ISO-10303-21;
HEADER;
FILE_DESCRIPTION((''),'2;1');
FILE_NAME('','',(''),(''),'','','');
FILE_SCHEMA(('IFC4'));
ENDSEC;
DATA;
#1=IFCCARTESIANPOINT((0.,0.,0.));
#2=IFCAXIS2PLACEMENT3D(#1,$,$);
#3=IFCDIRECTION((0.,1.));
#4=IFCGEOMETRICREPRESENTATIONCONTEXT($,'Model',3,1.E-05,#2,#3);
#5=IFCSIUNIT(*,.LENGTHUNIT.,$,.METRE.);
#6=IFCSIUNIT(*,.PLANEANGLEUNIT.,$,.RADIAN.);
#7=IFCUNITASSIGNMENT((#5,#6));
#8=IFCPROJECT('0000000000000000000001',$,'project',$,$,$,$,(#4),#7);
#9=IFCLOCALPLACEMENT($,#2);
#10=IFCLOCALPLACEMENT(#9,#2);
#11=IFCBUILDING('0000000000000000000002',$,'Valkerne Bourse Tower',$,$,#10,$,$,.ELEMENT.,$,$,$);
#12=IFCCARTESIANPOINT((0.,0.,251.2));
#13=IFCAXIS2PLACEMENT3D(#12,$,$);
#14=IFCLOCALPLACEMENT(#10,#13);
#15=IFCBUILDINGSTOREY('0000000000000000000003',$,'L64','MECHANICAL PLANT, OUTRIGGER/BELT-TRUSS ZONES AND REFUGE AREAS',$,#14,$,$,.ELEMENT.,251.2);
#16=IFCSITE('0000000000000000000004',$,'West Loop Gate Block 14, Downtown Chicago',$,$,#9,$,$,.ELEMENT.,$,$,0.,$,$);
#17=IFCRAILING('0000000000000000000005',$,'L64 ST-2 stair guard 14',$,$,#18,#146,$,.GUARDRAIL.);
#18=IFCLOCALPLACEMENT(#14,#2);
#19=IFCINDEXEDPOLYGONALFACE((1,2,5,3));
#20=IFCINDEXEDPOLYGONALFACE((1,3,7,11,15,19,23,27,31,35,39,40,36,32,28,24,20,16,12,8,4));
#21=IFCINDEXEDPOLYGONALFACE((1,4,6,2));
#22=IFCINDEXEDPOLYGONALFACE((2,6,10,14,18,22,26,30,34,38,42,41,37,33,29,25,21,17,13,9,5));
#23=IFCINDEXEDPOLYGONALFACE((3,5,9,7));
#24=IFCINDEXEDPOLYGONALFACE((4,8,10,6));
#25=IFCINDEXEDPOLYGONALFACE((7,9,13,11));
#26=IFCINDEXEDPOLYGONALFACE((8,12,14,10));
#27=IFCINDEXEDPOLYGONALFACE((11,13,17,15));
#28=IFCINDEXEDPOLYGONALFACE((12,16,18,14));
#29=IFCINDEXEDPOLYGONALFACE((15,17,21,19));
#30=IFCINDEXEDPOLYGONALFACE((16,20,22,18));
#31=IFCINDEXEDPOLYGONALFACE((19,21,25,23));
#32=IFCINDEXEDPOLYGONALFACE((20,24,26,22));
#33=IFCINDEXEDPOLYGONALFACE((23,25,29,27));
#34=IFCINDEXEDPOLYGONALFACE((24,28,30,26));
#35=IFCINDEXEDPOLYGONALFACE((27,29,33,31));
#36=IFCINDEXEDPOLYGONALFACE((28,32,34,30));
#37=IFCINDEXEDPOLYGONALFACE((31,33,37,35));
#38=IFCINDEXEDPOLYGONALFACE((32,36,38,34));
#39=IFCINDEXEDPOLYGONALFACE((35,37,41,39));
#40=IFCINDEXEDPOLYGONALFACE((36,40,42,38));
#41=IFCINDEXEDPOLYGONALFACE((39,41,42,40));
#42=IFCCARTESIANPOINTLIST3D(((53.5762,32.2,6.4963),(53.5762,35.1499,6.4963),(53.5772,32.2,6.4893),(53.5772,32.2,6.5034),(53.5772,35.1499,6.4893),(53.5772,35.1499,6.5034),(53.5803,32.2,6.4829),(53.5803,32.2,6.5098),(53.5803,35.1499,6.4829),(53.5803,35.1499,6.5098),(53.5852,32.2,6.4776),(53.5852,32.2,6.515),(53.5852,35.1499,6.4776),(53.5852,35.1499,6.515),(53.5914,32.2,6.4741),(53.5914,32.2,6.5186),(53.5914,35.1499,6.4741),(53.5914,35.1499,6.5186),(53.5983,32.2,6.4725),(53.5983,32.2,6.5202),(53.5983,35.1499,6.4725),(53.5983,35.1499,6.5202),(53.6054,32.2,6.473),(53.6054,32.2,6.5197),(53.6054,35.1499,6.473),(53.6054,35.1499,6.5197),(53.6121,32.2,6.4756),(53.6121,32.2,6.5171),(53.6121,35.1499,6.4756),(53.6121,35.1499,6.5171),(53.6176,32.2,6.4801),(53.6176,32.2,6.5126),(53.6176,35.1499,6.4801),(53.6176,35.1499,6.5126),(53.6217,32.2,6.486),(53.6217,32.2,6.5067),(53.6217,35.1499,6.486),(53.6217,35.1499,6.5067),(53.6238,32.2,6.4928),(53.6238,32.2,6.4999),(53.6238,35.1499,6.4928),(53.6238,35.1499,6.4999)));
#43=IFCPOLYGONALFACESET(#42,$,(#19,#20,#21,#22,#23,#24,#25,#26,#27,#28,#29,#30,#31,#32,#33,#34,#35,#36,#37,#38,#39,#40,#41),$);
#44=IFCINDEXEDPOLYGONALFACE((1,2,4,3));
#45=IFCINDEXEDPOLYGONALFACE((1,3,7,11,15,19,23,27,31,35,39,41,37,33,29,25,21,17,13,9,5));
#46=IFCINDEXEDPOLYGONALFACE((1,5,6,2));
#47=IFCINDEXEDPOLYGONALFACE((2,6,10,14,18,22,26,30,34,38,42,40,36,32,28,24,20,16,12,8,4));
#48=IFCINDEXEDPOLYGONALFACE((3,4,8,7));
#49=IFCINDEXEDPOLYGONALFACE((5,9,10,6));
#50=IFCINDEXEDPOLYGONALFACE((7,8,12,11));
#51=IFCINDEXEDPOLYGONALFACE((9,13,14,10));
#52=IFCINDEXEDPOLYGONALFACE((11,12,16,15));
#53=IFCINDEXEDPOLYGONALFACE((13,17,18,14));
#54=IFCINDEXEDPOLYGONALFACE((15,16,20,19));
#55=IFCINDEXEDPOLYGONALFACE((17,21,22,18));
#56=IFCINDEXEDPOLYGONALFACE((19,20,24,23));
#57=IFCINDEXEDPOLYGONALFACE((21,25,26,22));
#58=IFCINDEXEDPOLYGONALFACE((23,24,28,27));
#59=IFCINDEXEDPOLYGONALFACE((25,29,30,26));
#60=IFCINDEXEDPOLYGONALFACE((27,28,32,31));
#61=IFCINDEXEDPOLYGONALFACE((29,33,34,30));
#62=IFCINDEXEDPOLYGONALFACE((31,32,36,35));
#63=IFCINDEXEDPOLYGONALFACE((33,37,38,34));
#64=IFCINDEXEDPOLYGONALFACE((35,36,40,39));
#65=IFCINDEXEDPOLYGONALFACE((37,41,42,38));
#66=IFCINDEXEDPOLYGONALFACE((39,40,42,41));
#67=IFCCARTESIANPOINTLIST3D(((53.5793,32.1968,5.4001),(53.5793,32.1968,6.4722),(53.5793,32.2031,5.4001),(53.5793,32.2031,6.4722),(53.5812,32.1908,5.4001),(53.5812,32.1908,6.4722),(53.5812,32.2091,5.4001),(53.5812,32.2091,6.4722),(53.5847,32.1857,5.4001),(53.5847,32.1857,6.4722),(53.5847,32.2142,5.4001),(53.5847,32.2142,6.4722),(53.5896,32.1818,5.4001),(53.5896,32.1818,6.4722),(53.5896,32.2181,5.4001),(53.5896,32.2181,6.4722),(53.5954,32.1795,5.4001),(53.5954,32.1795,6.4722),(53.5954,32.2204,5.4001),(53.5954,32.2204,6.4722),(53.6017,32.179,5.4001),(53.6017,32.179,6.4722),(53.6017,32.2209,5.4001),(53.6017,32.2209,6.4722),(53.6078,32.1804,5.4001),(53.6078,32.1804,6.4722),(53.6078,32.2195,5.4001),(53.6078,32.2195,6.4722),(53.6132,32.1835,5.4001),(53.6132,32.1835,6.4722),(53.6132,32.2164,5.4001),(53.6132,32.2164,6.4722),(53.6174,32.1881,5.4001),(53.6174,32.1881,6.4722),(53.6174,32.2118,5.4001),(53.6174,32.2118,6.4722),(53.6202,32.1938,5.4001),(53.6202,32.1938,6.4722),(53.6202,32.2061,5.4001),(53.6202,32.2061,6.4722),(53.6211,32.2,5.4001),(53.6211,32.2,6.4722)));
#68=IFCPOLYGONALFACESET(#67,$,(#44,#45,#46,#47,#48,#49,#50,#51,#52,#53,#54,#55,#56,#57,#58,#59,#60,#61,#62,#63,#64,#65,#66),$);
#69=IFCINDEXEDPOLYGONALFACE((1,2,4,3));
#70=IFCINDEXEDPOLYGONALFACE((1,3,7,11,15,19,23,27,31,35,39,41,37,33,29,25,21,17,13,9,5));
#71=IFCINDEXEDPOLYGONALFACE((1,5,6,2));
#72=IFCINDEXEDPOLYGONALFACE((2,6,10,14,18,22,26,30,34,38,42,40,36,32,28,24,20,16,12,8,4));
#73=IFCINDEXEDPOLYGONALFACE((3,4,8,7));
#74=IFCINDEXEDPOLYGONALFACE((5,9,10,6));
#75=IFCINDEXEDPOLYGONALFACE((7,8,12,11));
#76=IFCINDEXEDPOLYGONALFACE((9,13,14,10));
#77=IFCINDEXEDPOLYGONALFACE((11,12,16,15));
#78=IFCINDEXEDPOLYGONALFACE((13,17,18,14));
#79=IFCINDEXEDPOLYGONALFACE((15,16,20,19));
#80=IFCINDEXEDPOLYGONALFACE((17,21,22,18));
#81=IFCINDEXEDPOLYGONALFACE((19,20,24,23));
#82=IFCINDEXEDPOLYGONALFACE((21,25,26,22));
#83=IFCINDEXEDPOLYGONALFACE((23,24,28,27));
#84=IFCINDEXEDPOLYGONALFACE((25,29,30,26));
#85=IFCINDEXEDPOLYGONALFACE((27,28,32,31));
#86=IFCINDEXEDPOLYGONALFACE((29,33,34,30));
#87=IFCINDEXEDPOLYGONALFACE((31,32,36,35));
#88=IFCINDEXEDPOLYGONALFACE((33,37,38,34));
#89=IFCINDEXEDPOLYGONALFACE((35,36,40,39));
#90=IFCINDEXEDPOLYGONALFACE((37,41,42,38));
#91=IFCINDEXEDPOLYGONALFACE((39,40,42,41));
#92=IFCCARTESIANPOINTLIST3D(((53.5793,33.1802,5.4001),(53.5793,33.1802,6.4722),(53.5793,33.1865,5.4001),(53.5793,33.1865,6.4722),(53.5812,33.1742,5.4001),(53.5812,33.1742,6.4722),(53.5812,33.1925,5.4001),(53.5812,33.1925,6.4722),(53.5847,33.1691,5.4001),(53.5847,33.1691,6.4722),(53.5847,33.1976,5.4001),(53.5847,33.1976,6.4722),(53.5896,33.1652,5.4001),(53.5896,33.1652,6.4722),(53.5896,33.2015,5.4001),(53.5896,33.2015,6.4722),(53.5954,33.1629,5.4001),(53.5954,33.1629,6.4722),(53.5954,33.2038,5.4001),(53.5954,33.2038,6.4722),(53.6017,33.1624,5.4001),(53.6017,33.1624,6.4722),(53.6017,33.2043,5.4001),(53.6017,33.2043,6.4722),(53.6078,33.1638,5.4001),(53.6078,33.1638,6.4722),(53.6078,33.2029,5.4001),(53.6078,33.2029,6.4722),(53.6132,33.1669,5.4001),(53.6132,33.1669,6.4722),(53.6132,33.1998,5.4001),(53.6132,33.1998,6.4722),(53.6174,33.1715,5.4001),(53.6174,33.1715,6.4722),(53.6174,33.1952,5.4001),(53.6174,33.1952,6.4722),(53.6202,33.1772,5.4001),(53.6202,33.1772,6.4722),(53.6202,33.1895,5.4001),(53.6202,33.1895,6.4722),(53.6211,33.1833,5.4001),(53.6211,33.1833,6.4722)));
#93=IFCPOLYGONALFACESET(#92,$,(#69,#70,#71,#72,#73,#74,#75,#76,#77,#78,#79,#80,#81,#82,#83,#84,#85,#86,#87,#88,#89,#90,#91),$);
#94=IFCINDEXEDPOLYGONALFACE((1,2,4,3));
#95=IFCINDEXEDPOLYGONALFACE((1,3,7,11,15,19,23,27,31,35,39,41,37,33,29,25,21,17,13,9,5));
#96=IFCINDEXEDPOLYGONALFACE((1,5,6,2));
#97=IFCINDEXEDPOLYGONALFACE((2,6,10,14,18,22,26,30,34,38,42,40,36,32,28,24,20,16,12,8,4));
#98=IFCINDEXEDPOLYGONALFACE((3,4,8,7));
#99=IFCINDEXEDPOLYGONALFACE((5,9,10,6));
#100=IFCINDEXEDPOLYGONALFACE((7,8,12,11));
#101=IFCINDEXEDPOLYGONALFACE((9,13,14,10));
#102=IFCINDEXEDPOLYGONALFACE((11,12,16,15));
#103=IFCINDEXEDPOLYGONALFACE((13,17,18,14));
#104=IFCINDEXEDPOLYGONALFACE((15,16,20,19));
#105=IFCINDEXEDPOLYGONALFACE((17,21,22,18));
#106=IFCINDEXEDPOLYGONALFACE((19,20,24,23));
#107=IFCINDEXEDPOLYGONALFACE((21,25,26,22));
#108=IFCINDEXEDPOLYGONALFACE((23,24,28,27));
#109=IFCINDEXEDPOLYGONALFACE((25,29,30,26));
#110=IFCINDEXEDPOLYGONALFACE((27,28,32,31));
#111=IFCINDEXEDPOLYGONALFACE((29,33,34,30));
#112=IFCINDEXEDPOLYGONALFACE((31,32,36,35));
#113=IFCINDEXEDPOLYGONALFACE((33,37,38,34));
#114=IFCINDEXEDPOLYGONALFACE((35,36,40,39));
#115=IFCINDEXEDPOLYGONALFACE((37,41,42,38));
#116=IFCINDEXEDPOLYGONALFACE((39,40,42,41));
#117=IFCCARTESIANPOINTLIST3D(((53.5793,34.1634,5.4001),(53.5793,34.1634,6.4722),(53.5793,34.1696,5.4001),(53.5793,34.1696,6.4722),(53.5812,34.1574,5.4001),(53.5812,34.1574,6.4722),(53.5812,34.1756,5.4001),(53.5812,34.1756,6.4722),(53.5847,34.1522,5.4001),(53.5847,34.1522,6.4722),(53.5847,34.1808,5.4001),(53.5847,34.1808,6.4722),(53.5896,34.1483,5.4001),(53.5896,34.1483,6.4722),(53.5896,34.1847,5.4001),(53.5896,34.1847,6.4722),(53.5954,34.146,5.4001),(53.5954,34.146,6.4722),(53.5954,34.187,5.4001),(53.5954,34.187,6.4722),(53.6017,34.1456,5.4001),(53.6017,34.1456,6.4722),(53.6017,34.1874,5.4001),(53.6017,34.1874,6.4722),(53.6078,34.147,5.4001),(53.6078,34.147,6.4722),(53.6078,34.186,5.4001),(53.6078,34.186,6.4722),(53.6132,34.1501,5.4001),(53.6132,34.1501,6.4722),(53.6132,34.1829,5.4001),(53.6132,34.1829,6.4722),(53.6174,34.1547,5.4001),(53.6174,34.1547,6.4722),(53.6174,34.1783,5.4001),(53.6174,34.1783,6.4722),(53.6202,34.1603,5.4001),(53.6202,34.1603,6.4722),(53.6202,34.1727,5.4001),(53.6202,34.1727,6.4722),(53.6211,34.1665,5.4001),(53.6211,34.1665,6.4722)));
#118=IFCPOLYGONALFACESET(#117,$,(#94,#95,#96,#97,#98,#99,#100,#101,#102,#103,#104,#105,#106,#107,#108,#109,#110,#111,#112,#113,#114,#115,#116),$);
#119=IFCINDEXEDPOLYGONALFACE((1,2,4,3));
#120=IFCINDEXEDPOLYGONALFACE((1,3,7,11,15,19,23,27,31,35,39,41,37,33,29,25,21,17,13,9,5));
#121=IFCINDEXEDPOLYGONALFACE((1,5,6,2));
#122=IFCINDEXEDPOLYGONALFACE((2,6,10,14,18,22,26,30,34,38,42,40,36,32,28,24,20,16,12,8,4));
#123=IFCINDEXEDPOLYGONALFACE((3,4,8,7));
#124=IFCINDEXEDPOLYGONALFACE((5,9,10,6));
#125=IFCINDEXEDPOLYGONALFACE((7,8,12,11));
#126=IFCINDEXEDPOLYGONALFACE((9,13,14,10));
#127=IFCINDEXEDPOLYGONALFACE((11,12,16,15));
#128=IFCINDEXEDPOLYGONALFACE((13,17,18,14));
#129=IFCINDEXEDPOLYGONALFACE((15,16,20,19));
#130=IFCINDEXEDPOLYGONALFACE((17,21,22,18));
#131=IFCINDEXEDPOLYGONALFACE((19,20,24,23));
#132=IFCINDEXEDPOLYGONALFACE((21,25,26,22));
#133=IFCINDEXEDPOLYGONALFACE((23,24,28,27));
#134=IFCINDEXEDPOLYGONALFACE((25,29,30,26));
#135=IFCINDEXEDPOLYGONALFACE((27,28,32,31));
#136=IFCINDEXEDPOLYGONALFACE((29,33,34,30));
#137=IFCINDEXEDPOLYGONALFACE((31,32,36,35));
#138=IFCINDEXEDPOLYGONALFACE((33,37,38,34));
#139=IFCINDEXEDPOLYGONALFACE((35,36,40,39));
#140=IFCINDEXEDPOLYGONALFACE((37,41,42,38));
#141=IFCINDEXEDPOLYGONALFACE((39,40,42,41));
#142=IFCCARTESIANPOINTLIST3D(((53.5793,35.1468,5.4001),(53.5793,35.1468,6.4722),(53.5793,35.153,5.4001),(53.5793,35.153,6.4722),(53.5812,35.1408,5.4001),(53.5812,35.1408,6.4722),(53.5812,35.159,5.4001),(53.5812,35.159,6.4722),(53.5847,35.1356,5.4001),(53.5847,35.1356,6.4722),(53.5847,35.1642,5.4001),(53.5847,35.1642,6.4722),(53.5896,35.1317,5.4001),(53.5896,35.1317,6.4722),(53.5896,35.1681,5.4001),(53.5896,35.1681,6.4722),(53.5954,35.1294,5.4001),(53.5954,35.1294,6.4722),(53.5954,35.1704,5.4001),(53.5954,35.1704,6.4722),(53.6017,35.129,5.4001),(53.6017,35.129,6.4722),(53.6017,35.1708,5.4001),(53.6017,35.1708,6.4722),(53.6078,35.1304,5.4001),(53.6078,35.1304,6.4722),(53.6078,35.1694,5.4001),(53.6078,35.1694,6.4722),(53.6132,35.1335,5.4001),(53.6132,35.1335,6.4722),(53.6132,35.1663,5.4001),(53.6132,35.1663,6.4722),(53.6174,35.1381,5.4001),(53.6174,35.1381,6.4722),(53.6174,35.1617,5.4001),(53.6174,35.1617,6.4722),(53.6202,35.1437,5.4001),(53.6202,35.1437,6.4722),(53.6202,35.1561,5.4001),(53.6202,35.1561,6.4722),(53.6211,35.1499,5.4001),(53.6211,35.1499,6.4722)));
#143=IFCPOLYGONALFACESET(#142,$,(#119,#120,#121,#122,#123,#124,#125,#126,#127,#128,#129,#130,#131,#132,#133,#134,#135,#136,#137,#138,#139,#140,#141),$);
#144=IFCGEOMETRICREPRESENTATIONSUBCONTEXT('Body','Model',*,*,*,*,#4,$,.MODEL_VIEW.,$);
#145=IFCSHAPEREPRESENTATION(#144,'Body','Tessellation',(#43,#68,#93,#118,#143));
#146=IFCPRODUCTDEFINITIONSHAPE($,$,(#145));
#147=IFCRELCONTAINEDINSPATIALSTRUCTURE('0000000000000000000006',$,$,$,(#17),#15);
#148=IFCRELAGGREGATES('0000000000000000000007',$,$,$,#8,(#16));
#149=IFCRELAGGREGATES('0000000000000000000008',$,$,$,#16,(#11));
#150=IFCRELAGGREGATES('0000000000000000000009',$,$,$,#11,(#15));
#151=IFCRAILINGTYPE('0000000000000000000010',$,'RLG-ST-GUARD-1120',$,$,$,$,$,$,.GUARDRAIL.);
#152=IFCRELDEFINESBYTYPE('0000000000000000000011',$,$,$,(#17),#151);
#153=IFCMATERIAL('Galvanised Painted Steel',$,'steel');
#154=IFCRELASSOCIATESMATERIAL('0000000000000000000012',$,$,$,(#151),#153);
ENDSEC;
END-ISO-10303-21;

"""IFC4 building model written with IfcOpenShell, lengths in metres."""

from ifc_helpers import new_model, si_unit, direction, frame, origin, origin_2d, place, context, subcontext, project, spatial, circle, extrude, material, type_object, element, save


model = new_model("IFC4")

# Units and contexts
model_context = context("Model", 3, precision=1e-05, world=origin(), true_north=direction((0.0, 1.0)))
body_context = subcontext(model_context, "Body", "Model", "MODEL_VIEW")
ifc_project = project(units=[si_unit("LENGTHUNIT", "METRE"), si_unit("PLANEANGLEUNIT", "RADIAN")], contexts=[model_context])

# Site, building, storey
site_placement = place(None, origin())
site = spatial("IfcSite", under=ifc_project, at=site_placement, Name="West Loop Gate Block 14, Downtown Chicago", CompositionType="ELEMENT", RefElevation=0.0)
building_placement = place(site_placement, origin())
building = spatial("IfcBuilding", under=site, at=building_placement, Name="Valkerne Bourse Tower", CompositionType="ELEMENT")
storey_placement = place(building_placement, frame((0.0, 0.0, 251.2)))
storey = spatial("IfcBuildingStorey", under=building, at=storey_placement, Name="L64", Description="MECHANICAL PLANT, OUTRIGGER/BELT-TRUSS ZONES AND REFUGE AREAS", CompositionType="ELEMENT", Elevation=251.2)

# Shared definitions
ifc_material_1 = material(Name="Galvanised Painted Steel", Category="steel")

# Railing
railing_type_1 = type_object("IfcRailingType", Name="RLG-ST-GUARD-1120", PredefinedType="GUARDRAIL", material=ifc_material_1)
railing_1_placement = place(storey_placement, frame((53.6001, 32.2, 5.4001)))
element("IfcRailing", 1, at=railing_1_placement, inside=storey, type_object=railing_type_1, Name="L64 ST-2 stair guard 14", PredefinedType="GUARDRAIL", context=body_context, shape_type="SweptSolid", body=[
    extrude(circle(Radius=0.0239, at=origin_2d()), frame((0.0, 0.0, 1.0962), z_axis=(0.0, 1.0, 0.0), x_axis=(-1.0, 0.0, 0.0)), (0.0, 0.0, 1.0), 2.95),
    extrude(circle(Radius=0.021, at=origin_2d()), origin(), (0.0, 0.0, 1.0), 1.072),
    extrude(circle(Radius=0.021, at=origin_2d()), frame((0.0, 0.9834, 0.0)), (0.0, 0.0, 1.0), 1.072),
    extrude(circle(Radius=0.021, at=origin_2d()), frame((0.0, 1.9666, 0.0)), (0.0, 0.0, 1.0), 1.072),
    extrude(circle(Radius=0.021, at=origin_2d()), frame((0.0, 2.95, 0.0)), (0.0, 0.0, 1.0), 1.072),
])

save(model, "model.ifc")
